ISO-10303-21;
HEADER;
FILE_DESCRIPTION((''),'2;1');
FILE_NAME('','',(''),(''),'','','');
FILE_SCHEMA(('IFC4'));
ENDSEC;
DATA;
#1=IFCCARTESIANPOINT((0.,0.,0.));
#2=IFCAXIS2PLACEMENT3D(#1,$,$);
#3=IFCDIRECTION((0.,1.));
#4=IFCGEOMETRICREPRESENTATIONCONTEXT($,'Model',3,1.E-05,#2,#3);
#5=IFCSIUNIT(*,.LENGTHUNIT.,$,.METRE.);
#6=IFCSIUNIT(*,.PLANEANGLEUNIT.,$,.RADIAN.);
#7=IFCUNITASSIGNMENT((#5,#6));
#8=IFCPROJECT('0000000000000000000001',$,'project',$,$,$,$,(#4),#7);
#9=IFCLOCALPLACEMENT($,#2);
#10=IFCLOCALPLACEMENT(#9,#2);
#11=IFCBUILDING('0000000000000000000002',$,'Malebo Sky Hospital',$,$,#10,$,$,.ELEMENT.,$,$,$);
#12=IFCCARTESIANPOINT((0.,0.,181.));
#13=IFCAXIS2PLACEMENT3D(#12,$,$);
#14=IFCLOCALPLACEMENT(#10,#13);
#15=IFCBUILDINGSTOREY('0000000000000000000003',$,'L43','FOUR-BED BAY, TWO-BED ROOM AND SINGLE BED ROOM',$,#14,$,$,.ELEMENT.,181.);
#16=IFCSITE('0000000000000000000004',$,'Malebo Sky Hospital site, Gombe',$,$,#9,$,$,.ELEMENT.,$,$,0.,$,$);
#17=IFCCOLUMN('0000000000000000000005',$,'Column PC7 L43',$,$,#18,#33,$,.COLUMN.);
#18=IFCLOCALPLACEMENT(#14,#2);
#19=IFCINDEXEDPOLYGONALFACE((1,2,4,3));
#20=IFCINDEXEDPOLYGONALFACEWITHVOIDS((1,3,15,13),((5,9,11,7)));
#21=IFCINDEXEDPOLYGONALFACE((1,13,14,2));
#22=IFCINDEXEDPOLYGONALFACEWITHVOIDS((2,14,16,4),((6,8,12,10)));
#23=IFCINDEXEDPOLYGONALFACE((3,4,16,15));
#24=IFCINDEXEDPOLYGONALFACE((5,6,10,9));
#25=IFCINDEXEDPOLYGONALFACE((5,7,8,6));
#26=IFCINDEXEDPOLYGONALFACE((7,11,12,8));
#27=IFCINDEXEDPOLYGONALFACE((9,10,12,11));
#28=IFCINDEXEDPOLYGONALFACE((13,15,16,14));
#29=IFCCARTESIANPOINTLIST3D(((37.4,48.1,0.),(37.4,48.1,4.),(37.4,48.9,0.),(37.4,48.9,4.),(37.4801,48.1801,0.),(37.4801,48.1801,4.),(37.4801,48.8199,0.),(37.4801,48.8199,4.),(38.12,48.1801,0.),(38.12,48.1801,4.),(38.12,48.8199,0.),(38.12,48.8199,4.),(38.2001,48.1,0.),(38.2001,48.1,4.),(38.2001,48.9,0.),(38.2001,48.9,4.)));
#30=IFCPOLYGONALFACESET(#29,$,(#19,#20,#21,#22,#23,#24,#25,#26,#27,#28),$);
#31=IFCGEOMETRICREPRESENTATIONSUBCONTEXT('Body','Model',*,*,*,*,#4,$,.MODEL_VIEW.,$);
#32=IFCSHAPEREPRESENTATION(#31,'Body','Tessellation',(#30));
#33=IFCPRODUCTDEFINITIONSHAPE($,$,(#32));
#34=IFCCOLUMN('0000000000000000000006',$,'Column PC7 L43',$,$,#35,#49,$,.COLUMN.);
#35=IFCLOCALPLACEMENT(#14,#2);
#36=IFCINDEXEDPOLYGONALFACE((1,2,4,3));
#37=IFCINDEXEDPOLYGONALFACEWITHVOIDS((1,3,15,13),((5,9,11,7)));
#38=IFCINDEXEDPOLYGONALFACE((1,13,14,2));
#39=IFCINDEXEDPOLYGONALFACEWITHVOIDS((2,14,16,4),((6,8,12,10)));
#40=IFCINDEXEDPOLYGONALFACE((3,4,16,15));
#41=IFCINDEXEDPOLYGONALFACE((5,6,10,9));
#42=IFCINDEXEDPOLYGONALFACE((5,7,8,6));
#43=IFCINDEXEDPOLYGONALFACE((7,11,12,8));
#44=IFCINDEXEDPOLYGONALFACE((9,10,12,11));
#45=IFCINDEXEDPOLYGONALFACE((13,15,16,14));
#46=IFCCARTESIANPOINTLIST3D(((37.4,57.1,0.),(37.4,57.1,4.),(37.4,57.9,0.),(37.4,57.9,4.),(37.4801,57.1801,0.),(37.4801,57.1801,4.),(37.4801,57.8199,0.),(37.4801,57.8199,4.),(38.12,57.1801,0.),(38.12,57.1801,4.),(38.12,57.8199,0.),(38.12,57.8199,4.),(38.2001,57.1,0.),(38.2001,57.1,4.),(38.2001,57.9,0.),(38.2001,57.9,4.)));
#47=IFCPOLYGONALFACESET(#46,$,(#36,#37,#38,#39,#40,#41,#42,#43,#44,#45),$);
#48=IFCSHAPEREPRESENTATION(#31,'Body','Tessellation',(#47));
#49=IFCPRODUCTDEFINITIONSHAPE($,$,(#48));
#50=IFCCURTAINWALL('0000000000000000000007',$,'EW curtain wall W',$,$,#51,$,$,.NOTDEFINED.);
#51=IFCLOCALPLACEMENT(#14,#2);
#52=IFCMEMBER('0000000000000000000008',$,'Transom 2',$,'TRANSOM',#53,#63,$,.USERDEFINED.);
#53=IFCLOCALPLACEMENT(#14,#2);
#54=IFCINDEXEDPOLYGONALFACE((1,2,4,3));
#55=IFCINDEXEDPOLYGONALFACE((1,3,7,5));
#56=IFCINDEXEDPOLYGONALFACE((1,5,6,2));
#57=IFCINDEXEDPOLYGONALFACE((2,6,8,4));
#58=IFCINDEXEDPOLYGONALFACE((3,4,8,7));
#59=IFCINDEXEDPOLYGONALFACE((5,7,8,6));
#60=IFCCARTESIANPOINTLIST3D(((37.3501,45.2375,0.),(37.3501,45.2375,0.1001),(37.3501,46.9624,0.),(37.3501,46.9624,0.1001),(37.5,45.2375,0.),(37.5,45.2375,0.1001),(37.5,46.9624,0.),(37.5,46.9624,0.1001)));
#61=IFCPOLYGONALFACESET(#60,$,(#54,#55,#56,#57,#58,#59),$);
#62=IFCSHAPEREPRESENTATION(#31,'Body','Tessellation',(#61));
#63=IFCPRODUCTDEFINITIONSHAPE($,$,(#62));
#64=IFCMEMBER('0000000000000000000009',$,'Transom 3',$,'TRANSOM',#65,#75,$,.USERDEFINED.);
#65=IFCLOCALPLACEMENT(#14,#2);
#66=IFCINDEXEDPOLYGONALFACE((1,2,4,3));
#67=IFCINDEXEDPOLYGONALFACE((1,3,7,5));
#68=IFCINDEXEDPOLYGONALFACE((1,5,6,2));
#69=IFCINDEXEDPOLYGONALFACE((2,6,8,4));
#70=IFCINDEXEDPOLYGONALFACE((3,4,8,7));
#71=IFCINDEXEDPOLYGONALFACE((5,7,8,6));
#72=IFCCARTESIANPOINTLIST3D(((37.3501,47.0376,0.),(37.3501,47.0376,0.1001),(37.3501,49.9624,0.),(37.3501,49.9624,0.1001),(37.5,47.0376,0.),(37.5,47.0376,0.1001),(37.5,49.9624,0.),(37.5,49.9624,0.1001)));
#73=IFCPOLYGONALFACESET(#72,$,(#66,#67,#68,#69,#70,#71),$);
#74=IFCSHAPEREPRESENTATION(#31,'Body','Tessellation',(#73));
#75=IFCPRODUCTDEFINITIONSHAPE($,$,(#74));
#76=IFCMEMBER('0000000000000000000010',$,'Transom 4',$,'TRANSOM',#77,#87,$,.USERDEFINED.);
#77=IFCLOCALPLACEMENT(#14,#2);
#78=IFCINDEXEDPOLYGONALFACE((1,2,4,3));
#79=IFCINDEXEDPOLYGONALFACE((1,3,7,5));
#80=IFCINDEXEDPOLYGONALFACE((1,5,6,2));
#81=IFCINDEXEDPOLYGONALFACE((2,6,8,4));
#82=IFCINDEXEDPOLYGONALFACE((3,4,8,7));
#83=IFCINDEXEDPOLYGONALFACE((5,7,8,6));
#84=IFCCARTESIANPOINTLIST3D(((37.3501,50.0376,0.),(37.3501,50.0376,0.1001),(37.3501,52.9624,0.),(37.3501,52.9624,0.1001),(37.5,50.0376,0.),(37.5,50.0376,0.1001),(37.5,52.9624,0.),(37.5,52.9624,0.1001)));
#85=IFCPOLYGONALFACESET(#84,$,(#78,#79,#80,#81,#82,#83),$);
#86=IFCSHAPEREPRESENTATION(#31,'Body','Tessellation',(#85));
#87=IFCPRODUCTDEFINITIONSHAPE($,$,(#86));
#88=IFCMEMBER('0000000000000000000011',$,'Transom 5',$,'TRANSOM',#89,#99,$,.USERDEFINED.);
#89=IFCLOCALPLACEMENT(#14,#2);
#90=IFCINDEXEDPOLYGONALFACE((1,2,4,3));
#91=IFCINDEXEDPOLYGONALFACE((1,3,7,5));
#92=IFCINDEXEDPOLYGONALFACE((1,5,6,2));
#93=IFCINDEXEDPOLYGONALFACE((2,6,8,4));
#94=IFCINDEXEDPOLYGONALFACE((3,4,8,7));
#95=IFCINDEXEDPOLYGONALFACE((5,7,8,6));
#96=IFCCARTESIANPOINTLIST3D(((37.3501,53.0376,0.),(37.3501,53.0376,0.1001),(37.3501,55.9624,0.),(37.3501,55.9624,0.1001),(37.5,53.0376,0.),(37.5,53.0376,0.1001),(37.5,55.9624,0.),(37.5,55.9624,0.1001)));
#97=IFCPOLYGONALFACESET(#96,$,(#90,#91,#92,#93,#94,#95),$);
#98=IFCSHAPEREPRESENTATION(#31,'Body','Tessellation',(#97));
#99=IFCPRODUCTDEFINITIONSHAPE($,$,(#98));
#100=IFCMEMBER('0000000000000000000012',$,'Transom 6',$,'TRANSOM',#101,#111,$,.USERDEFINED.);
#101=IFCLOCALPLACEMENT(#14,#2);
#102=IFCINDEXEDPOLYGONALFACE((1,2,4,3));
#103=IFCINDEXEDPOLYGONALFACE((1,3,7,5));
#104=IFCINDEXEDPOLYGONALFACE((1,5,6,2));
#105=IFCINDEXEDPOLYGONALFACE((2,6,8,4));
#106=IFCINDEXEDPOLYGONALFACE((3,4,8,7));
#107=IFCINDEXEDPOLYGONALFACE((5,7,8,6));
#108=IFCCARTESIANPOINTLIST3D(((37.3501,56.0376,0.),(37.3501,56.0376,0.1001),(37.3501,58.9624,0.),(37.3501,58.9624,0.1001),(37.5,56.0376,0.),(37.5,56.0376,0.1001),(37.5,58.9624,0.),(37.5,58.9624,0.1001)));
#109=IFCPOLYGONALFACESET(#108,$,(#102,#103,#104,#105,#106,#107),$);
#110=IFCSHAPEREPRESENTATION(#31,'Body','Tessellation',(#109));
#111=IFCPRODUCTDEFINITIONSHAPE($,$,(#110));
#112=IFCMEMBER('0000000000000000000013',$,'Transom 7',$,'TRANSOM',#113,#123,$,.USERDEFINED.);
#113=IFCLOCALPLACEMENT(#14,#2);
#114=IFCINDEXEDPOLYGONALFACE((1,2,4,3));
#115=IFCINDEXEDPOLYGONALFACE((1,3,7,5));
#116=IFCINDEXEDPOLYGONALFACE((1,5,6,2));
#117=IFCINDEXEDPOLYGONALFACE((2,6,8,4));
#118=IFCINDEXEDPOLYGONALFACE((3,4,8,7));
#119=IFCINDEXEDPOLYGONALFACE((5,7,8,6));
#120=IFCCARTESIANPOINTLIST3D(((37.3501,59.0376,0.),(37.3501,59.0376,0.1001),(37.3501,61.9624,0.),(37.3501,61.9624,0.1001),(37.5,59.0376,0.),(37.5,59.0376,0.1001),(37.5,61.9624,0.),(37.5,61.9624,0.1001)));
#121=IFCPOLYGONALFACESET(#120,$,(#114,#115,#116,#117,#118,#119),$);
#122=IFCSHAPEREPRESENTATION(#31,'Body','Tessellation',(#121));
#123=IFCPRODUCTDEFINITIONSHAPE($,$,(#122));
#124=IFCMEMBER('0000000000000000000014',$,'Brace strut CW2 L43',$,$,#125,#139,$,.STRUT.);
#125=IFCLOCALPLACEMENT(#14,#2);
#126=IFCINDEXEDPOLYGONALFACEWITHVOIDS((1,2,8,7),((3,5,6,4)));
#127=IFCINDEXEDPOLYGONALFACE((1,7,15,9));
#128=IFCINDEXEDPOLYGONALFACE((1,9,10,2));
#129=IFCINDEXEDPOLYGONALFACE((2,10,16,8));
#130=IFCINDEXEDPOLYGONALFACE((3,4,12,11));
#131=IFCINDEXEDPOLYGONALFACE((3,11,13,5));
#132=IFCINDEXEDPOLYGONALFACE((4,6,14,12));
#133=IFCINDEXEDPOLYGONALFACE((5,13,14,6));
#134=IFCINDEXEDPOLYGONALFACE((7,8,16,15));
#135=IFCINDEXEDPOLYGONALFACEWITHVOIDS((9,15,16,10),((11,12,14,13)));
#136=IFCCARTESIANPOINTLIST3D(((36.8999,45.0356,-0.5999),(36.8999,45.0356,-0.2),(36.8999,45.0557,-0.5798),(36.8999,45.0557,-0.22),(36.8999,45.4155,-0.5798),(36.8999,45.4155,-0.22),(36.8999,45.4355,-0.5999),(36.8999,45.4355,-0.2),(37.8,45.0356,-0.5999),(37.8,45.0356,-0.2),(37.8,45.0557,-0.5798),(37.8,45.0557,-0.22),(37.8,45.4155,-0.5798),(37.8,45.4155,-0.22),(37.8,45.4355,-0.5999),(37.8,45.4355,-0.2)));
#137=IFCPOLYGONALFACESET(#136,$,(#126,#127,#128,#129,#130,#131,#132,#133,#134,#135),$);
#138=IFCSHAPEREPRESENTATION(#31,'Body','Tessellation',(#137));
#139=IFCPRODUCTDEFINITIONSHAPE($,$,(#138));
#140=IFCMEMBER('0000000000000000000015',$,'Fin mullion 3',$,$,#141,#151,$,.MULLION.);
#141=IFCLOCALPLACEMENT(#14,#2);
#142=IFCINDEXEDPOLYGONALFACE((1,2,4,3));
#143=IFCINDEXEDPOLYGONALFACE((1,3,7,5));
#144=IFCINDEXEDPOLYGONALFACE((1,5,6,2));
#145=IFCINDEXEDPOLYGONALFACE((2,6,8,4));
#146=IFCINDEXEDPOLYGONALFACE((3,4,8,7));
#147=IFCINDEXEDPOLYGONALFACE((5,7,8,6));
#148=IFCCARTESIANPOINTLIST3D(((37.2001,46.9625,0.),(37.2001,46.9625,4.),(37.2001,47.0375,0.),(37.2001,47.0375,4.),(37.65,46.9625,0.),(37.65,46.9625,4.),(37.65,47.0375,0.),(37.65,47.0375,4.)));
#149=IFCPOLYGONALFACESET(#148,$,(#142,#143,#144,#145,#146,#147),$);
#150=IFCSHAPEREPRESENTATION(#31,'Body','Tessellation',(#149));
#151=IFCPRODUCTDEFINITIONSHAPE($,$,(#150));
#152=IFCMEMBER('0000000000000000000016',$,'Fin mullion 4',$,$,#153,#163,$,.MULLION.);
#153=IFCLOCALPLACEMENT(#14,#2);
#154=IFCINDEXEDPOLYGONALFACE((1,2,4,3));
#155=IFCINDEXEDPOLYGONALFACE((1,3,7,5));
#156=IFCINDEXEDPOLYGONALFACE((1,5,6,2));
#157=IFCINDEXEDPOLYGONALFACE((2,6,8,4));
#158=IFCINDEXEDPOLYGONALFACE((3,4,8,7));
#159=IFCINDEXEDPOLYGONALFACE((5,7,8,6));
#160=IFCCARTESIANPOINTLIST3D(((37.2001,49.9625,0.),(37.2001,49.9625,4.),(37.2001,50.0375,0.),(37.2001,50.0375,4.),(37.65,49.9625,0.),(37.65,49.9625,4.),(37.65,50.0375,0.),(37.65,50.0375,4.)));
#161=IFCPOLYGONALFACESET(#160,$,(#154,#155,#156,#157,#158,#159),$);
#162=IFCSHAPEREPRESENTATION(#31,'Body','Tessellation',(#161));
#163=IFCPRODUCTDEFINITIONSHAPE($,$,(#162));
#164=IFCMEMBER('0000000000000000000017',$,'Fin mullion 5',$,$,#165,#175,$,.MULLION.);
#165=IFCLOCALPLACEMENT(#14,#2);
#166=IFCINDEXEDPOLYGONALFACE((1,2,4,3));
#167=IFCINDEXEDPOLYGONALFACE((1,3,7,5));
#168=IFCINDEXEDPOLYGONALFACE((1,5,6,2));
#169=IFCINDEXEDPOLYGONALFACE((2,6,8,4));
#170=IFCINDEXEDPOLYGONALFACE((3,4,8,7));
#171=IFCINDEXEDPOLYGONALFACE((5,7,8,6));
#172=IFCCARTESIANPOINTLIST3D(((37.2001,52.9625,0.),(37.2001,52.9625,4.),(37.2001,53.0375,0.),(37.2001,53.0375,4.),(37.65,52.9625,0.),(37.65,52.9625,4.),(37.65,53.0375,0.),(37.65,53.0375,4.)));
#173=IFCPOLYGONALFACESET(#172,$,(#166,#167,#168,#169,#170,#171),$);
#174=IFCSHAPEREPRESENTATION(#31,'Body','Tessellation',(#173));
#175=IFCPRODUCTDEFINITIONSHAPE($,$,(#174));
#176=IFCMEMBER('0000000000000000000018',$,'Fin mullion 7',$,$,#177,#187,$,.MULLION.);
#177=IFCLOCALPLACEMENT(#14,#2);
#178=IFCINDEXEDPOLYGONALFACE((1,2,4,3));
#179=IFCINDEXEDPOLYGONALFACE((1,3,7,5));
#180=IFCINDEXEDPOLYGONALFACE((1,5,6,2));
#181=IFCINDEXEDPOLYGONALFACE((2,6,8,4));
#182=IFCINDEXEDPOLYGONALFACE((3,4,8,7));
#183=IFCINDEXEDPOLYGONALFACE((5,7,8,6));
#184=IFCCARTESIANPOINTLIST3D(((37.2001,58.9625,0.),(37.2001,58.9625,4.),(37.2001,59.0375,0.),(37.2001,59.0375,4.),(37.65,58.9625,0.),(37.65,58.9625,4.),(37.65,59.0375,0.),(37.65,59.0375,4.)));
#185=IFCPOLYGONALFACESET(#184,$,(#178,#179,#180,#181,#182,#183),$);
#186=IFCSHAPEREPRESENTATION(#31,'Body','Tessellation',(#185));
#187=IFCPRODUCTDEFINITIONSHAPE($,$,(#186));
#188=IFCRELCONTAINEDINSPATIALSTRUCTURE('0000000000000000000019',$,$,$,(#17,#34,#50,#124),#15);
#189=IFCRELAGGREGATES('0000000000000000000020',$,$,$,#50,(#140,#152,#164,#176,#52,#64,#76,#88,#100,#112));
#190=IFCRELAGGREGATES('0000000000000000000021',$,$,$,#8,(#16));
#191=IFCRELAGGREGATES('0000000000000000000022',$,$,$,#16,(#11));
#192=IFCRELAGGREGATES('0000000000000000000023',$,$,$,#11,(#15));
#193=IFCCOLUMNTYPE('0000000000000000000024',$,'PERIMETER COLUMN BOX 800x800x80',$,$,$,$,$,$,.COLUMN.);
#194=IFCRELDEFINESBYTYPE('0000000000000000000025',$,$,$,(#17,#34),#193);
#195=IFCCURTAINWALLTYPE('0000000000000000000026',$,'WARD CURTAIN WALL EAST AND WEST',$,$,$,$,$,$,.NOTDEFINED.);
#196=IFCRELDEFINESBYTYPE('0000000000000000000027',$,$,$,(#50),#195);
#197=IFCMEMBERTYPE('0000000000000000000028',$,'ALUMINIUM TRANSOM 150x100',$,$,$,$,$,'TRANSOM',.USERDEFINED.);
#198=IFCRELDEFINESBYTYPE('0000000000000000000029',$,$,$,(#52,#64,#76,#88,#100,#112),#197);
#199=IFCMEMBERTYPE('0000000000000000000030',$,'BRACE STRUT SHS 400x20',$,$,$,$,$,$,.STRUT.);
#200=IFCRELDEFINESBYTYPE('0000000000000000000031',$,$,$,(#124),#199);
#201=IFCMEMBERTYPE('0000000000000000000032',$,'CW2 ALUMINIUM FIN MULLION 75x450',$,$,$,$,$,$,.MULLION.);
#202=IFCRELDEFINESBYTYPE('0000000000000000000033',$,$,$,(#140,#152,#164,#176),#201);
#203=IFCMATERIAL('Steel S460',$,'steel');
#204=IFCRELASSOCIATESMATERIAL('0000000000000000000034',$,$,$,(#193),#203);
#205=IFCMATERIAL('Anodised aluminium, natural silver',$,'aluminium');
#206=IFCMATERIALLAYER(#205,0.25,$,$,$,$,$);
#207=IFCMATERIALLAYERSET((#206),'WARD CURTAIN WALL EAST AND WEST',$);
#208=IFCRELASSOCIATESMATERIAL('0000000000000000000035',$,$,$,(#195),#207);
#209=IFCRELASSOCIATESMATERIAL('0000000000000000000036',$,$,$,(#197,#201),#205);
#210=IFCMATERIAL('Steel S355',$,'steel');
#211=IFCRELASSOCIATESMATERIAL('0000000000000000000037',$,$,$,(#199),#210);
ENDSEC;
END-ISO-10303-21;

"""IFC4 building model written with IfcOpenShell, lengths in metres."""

from ifc_helpers import new_model, si_unit, direction, frame, origin, origin_2d, place, context, subcontext, project, spatial, rectangle, hollow_rectangle, extrude, material, layer, layer_set, material_profile, profile_set, type_object, element, aggregate, save


model = new_model("IFC4")

# Units and contexts
model_context = context("Model", 3, precision=1e-05, world=origin(), true_north=direction((0.0, 1.0)))
body_context = subcontext(model_context, "Body", "Model", "MODEL_VIEW")
ifc_project = project(units=[si_unit("LENGTHUNIT", "METRE"), si_unit("PLANEANGLEUNIT", "RADIAN")], contexts=[model_context])

# Site, building, storey
site_placement = place(None, origin())
site = spatial("IfcSite", under=ifc_project, at=site_placement, Name="Malebo Sky Hospital site, Gombe", CompositionType="ELEMENT", RefElevation=0.0)
building_placement = place(site_placement, origin())
building = spatial("IfcBuilding", under=site, at=building_placement, Name="Malebo Sky Hospital", CompositionType="ELEMENT")
storey_placement = place(building_placement, frame((0.0, 0.0, 181.0)))
storey = spatial("IfcBuildingStorey", under=building, at=storey_placement, Name="L43", Description="FOUR-BED BAY, TWO-BED ROOM AND SINGLE BED ROOM", CompositionType="ELEMENT", Elevation=181.0)

# Columns
ifc_material_1 = material(Name="Steel S460", Category="steel")
ifc_material_profile_1 = material_profile(ifc_material_1, hollow_rectangle(XDim=0.8, YDim=0.8, WallThickness=0.0801, at=origin_2d()), Name="BOX 800x800x80")
ifc_profile_set_1 = profile_set([ifc_material_profile_1], Name="Steel S460")
column_type = type_object("IfcColumnType", Name="PERIMETER COLUMN BOX 800x800x80", PredefinedType="COLUMN", material=ifc_profile_set_1)
for number, where, z_axis, x_axis, name in (
    (1, (37.8, 48.5, 0.0), (0.0, 0.0, 1.0), (1.0, 0.0, 0.0), "Column PC7 L43"),
    (2, (37.8, 57.5, 0.0), (0.0, 0.0, 1.0), (1.0, 0.0, 0.0), "Column PC7 L43"),
):
    element("IfcColumn", number, at=place(storey_placement, frame(where, z_axis=z_axis, x_axis=x_axis)), inside=storey, type_object=column_type, Name=name, PredefinedType="COLUMN", context=body_context, shape_type="SweptSolid", body=[
        extrude(hollow_rectangle(XDim=0.8, YDim=0.8, WallThickness=0.0801, at=origin_2d()), origin(), (0.0, 0.0, 1.0), 4.0),
    ])

# Curtain wall, members
ifc_material_2 = material(Name="Anodised aluminium, natural silver", Category="aluminium")
ifc_layer_1 = layer(ifc_material_2, 0.25)
ifc_layer_set_1 = layer_set([ifc_layer_1], Name="WARD CURTAIN WALL EAST AND WEST")
curtain_wall_type = type_object("IfcCurtainWallType", Name="WARD CURTAIN WALL EAST AND WEST", PredefinedType="NOTDEFINED", material=ifc_layer_set_1)
curtain_wall_placement = place(storey_placement, origin())
curtain_wall = element("IfcCurtainWall", 3, at=curtain_wall_placement, inside=storey, type_object=curtain_wall_type, Name="EW curtain wall W", PredefinedType="NOTDEFINED")
ifc_material_profile_2 = material_profile(ifc_material_2, rectangle(XDim=0.1499, YDim=0.1001, at=origin_2d()), Name="ALUMINIUM TRANSOM 150x100")
ifc_profile_set_2 = profile_set([ifc_material_profile_2], Name="Anodised aluminium, natural silver")
member_type_1 = type_object("IfcMemberType", Name="ALUMINIUM TRANSOM 150x100", ElementType="TRANSOM", PredefinedType="USERDEFINED", material=ifc_profile_set_2)
member_1_placement = place(storey_placement, frame((37.425, 45.2375, 0.05), z_axis=(0.0, 1.0, 0.0), x_axis=(-1.0, 0.0, 0.0)))
member_1 = element("IfcMember", 4, at=member_1_placement, type_object=member_type_1, Name="Transom 2", ObjectType="TRANSOM", PredefinedType="USERDEFINED", context=body_context, shape_type="SweptSolid", body=[
    extrude(rectangle(XDim=0.1499, YDim=0.1001, at=origin_2d()), origin(), (0.0, 0.0, 1.0), 1.7249),
])
member_2_placement = place(storey_placement, frame((37.425, 47.0376, 0.05), z_axis=(0.0, 1.0, 0.0), x_axis=(-1.0, 0.0, 0.0)))
member_2 = element("IfcMember", 5, at=member_2_placement, type_object=member_type_1, Name="Transom 3", ObjectType="TRANSOM", PredefinedType="USERDEFINED", context=body_context, shape_type="SweptSolid", body=[
    extrude(rectangle(XDim=0.1499, YDim=0.1001, at=origin_2d()), origin(), (0.0, 0.0, 1.0), 2.9248),
])
member_3_placement = place(storey_placement, frame((37.425, 50.0376, 0.05), z_axis=(0.0, 1.0, 0.0), x_axis=(-1.0, 0.0, 0.0)))
member_3 = element("IfcMember", 6, at=member_3_placement, type_object=member_type_1, Name="Transom 4", ObjectType="TRANSOM", PredefinedType="USERDEFINED", context=body_context, shape_type="SweptSolid", body=[
    extrude(rectangle(XDim=0.1499, YDim=0.1001, at=origin_2d()), origin(), (0.0, 0.0, 1.0), 2.9248),
])
member_4_placement = place(storey_placement, frame((37.425, 53.0376, 0.05), z_axis=(0.0, 1.0, 0.0), x_axis=(-1.0, 0.0, 0.0)))
member_4 = element("IfcMember", 7, at=member_4_placement, type_object=member_type_1, Name="Transom 5", ObjectType="TRANSOM", PredefinedType="USERDEFINED", context=body_context, shape_type="SweptSolid", body=[
    extrude(rectangle(XDim=0.1499, YDim=0.1001, at=origin_2d()), origin(), (0.0, 0.0, 1.0), 2.9248),
])
member_5_placement = place(storey_placement, frame((37.425, 56.0376, 0.05), z_axis=(0.0, 1.0, 0.0), x_axis=(-1.0, 0.0, 0.0)))
member_5 = element("IfcMember", 8, at=member_5_placement, type_object=member_type_1, Name="Transom 6", ObjectType="TRANSOM", PredefinedType="USERDEFINED", context=body_context, shape_type="SweptSolid", body=[
    extrude(rectangle(XDim=0.1499, YDim=0.1001, at=origin_2d()), origin(), (0.0, 0.0, 1.0), 2.9248),
])
member_6_placement = place(storey_placement, frame((37.425, 59.0376, 0.05), z_axis=(0.0, 1.0, 0.0), x_axis=(-1.0, 0.0, 0.0)))
member_6 = element("IfcMember", 9, at=member_6_placement, type_object=member_type_1, Name="Transom 7", ObjectType="TRANSOM", PredefinedType="USERDEFINED", context=body_context, shape_type="SweptSolid", body=[
    extrude(rectangle(XDim=0.1499, YDim=0.1001, at=origin_2d()), origin(), (0.0, 0.0, 1.0), 2.9248),
])

# Members
ifc_material_3 = material(Name="Steel S355", Category="steel")
ifc_material_profile_3 = material_profile(ifc_material_3, hollow_rectangle(XDim=0.3999, YDim=0.3999, WallThickness=0.02, at=origin_2d()), Name="SHS 400x20")
ifc_profile_set_3 = profile_set([ifc_material_profile_3], Name="Steel S355")
member_type_2 = type_object("IfcMemberType", Name="BRACE STRUT SHS 400x20", PredefinedType="STRUT", material=ifc_profile_set_3)
member_7_placement = place(storey_placement, frame((36.8999, 45.2356, -0.3999), z_axis=(1.0, 0.0, 0.0), x_axis=(0.0, 1.0, 0.0)))
element("IfcMember", 10, at=member_7_placement, inside=storey, type_object=member_type_2, Name="Brace strut CW2 L43", PredefinedType="STRUT", context=body_context, shape_type="SweptSolid", body=[
    extrude(hollow_rectangle(XDim=0.3999, YDim=0.3999, WallThickness=0.02, at=origin_2d()), origin(), (0.0, 0.0, 1.0), 0.9001),
])
ifc_material_profile_4 = material_profile(ifc_material_2, rectangle(XDim=0.075, YDim=0.45, at=origin_2d()), Name="CW2 ALUMINIUM FIN MULLION 75x450")
ifc_profile_set_4 = profile_set([ifc_material_profile_4], Name="Anodised aluminium, natural silver")
member_type_3 = type_object("IfcMemberType", Name="CW2 ALUMINIUM FIN MULLION 75x450", PredefinedType="MULLION", material=ifc_profile_set_4)
member_8_placement = place(storey_placement, frame((37.425, 47.0, 0.0), z_axis=(0.0, 0.0, 1.0), x_axis=(0.0, 1.0, 0.0)))
member_8 = element("IfcMember", 11, at=member_8_placement, type_object=member_type_3, Name="Fin mullion 3", PredefinedType="MULLION", context=body_context, shape_type="SweptSolid", body=[
    extrude(rectangle(XDim=0.075, YDim=0.45, at=origin_2d()), origin(), (0.0, 0.0, 1.0), 4.0),
])
member_9_placement = place(storey_placement, frame((37.425, 50.0, 0.0), z_axis=(0.0, 0.0, 1.0), x_axis=(0.0, 1.0, 0.0)))
member_9 = element("IfcMember", 12, at=member_9_placement, type_object=member_type_3, Name="Fin mullion 4", PredefinedType="MULLION", context=body_context, shape_type="SweptSolid", body=[
    extrude(rectangle(XDim=0.075, YDim=0.45, at=origin_2d()), origin(), (0.0, 0.0, 1.0), 4.0),
])
member_10_placement = place(storey_placement, frame((37.425, 53.0, 0.0), z_axis=(0.0, 0.0, 1.0), x_axis=(0.0, 1.0, 0.0)))
member_10 = element("IfcMember", 13, at=member_10_placement, type_object=member_type_3, Name="Fin mullion 5", PredefinedType="MULLION", context=body_context, shape_type="SweptSolid", body=[
    extrude(rectangle(XDim=0.075, YDim=0.45, at=origin_2d()), origin(), (0.0, 0.0, 1.0), 4.0),
])
member_11_placement = place(storey_placement, frame((37.425, 59.0, 0.0), z_axis=(0.0, 0.0, 1.0), x_axis=(0.0, 1.0, 0.0)))
member_11 = element("IfcMember", 14, at=member_11_placement, type_object=member_type_3, Name="Fin mullion 7", PredefinedType="MULLION", context=body_context, shape_type="SweptSolid", body=[
    extrude(rectangle(XDim=0.075, YDim=0.45, at=origin_2d()), origin(), (0.0, 0.0, 1.0), 4.0),
])

aggregate(curtain_wall, [member_8, member_9, member_10, member_11, member_1, member_2, member_3, member_4, member_5, member_6])

save(model, "model.ifc")
